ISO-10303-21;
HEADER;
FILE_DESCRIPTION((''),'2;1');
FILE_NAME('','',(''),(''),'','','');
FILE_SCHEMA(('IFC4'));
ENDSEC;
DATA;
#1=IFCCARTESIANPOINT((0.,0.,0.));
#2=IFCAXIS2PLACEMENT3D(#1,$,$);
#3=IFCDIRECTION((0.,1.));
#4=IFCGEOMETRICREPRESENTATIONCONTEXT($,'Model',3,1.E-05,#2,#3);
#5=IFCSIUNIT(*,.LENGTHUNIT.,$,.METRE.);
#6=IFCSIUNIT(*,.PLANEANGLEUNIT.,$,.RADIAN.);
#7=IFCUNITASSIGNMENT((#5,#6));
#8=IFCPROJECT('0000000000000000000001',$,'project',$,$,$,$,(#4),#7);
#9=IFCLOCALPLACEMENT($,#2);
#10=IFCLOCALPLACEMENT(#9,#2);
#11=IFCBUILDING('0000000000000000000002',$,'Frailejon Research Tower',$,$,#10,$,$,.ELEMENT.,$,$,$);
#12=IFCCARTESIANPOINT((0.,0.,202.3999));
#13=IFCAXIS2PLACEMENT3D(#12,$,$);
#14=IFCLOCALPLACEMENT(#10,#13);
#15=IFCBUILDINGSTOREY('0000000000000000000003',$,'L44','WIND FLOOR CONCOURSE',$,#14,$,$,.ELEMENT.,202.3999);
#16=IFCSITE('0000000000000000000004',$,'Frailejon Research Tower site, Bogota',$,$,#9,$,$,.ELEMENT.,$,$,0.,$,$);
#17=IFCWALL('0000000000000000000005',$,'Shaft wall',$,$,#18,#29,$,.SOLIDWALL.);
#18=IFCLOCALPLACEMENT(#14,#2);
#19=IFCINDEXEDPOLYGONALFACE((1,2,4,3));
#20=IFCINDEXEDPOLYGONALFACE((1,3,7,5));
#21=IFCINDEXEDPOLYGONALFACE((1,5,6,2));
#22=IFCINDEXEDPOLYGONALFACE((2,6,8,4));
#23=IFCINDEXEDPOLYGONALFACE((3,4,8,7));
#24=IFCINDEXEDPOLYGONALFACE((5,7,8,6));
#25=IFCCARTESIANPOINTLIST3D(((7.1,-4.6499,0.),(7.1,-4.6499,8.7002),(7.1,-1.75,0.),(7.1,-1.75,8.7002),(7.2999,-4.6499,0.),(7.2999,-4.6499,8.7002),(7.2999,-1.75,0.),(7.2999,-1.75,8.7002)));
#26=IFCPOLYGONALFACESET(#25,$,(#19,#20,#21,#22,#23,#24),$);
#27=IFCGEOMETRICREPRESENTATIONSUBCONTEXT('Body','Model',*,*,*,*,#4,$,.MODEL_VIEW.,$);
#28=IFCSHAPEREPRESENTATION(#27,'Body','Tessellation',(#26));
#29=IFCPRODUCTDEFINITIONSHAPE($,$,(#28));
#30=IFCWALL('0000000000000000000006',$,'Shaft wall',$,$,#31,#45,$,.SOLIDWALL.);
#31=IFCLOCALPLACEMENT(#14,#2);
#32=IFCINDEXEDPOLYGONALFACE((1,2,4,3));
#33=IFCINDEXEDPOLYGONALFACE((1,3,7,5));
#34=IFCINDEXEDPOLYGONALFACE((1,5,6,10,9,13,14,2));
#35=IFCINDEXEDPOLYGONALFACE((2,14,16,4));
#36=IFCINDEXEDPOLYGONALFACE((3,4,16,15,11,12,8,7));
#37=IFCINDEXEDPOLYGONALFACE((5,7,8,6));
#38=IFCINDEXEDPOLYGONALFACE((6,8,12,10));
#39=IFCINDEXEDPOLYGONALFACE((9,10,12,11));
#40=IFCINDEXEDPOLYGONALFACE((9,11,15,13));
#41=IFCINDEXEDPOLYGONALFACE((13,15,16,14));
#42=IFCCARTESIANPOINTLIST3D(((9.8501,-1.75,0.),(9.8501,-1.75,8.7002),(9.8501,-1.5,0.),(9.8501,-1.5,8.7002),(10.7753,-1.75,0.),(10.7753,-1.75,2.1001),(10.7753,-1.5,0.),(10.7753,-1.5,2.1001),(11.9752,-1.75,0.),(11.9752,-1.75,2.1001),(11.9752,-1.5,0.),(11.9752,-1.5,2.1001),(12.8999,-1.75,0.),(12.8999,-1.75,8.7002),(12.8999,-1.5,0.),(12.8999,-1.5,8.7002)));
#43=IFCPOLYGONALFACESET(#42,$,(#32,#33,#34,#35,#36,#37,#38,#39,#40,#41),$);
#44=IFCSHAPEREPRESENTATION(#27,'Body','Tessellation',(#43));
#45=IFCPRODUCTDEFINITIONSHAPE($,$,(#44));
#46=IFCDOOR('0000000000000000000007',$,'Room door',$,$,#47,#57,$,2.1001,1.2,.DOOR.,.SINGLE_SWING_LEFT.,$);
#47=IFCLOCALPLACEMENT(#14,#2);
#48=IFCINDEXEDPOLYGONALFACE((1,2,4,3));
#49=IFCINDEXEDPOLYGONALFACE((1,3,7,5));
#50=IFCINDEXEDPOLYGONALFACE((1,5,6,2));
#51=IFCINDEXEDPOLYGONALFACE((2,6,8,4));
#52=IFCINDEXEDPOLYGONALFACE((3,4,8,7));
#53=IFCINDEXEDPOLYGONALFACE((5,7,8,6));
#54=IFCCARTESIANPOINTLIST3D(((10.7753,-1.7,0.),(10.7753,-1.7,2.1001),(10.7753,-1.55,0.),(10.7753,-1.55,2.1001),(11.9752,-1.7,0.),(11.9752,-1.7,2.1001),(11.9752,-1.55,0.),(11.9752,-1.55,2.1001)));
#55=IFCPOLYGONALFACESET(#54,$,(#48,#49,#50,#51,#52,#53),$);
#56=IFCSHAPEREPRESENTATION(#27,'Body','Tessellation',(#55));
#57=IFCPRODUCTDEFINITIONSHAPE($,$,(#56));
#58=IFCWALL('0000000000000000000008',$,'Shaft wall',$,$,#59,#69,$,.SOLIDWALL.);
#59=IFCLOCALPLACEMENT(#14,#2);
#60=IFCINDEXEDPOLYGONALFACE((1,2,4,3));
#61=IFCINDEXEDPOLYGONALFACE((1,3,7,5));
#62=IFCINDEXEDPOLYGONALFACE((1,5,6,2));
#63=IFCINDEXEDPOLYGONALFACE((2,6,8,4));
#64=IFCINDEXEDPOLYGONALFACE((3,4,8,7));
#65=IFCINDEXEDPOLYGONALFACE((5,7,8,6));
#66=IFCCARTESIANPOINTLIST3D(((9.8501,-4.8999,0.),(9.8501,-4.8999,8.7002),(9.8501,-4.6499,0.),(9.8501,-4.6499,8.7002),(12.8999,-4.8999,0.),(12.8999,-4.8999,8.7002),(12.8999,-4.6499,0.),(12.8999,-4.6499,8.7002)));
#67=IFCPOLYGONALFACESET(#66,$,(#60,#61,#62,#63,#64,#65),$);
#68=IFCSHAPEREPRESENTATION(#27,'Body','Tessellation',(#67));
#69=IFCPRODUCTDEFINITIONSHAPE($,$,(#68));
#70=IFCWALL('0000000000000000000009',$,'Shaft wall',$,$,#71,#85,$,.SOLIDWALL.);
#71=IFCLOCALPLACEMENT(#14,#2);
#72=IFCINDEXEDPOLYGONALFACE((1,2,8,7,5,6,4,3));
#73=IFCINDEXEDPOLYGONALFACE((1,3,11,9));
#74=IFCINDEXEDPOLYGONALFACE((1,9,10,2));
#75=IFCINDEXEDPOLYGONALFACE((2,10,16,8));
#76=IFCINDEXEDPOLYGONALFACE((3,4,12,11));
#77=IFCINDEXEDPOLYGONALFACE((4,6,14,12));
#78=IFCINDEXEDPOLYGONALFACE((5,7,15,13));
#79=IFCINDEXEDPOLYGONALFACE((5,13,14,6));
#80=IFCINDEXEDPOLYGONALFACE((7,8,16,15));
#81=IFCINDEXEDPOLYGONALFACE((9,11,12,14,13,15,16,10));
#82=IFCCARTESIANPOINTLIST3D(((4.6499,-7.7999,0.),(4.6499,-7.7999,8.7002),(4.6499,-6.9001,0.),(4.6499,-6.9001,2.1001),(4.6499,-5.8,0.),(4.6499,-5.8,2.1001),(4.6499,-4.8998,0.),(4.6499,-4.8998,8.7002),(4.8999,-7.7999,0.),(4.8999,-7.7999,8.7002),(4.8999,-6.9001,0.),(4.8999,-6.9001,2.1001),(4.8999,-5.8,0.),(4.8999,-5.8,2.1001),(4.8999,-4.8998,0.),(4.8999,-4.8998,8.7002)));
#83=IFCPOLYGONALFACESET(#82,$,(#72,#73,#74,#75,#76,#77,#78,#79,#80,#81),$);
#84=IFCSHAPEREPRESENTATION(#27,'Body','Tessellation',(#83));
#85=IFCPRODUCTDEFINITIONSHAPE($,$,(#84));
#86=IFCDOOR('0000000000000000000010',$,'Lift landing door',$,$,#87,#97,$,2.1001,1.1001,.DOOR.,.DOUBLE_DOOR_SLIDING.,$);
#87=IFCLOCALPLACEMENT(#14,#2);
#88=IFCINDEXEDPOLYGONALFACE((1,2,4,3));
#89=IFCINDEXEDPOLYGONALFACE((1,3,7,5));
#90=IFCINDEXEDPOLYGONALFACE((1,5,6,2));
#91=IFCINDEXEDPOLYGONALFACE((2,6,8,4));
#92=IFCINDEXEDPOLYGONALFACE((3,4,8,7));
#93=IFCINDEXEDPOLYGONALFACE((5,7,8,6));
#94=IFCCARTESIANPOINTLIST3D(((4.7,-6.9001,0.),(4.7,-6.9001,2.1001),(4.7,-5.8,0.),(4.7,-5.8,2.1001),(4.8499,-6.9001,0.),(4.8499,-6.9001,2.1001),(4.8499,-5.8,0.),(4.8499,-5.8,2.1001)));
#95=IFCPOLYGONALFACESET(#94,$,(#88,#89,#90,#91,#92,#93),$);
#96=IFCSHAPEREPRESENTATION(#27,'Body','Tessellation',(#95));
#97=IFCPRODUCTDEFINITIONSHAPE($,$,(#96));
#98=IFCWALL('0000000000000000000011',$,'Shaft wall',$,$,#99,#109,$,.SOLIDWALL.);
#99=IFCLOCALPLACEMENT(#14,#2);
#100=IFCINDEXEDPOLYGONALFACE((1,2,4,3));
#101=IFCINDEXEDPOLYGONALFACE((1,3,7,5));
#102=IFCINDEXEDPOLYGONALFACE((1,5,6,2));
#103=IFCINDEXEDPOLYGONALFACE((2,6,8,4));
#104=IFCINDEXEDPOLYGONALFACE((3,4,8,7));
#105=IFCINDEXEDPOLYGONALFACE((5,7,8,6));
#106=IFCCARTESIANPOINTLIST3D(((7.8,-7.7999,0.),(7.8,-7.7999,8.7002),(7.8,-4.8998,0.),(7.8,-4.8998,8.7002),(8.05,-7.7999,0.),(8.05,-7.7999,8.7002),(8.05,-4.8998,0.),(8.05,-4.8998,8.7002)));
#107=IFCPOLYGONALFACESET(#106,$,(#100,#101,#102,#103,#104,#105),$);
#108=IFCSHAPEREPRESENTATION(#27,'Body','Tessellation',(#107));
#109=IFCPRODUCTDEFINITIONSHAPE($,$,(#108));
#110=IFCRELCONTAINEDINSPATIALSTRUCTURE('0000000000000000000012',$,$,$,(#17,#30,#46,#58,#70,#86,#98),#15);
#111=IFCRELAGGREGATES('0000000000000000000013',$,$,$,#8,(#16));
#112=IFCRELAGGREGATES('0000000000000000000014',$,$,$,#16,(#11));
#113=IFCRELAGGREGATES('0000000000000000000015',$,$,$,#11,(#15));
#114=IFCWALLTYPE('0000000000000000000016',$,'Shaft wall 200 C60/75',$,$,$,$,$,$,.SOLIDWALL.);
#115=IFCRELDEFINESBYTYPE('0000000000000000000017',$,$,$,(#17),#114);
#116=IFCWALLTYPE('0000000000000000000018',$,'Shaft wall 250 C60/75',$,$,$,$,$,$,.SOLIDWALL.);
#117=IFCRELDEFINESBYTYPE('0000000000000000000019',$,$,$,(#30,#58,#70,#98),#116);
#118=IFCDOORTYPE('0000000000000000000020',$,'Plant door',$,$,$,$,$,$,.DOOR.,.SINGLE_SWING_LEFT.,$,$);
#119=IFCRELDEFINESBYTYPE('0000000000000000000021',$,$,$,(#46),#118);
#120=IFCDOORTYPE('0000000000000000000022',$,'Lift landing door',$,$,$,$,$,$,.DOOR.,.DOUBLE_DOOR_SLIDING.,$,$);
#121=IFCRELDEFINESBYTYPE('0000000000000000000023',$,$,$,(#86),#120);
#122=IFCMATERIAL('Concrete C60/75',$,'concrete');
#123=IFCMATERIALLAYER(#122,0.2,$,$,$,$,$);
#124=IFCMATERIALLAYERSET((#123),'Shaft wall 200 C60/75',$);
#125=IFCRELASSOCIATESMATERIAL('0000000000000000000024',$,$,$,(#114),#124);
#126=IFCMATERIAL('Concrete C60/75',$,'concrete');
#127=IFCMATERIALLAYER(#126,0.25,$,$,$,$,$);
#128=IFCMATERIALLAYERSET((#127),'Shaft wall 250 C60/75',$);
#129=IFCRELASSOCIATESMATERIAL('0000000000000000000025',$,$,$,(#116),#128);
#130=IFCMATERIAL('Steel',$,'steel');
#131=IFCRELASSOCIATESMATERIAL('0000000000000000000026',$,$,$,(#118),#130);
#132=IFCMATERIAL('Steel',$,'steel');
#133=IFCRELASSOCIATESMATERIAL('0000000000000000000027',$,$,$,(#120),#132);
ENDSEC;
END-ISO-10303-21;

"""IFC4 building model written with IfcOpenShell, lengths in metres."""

from ifc_helpers import new_model, si_unit, direction, frame, frame_2d, origin, place, context, subcontext, project, spatial, rectangle, extrude, material, layer, layer_set, type_object, element, fill, save


model = new_model("IFC4")

# Units and contexts
model_context = context("Model", 3, precision=1e-05, world=origin(), true_north=direction((0.0, 1.0)))
body_context = subcontext(model_context, "Body", "Model", "MODEL_VIEW")
ifc_project = project(units=[si_unit("LENGTHUNIT", "METRE"), si_unit("PLANEANGLEUNIT", "RADIAN")], contexts=[model_context])

# Site, building, storey
site_placement = place(None, origin())
site = spatial("IfcSite", under=ifc_project, at=site_placement, Name="Frailejon Research Tower site, Bogota", CompositionType="ELEMENT", RefElevation=0.0)
building_placement = place(site_placement, origin())
building = spatial("IfcBuilding", under=site, at=building_placement, Name="Frailejon Research Tower", CompositionType="ELEMENT")
storey_placement = place(building_placement, frame((0.0, 0.0, 202.3999)))
storey = spatial("IfcBuildingStorey", under=building, at=storey_placement, Name="L44", Description="WIND FLOOR CONCOURSE", CompositionType="ELEMENT", Elevation=202.3999)

# Wall
ifc_material_1 = material(Name="Concrete C60/75", Category="concrete")
ifc_layer_1 = layer(ifc_material_1, 0.2)
ifc_layer_set_1 = layer_set([ifc_layer_1], Name="Shaft wall 200 C60/75")
wall_type_1 = type_object("IfcWallType", Name="Shaft wall 200 C60/75", PredefinedType="SOLIDWALL", material=ifc_layer_set_1)
for number, where, z_axis, x_axis, name in (
    (1, (7.2, -4.6499, 0.0), (0.0, 0.0, 1.0), (0.0, 1.0, 0.0), "Shaft wall"),
):
    element("IfcWall", number, at=place(storey_placement, frame(where, z_axis=z_axis, x_axis=x_axis)), inside=storey, type_object=wall_type_1, Name=name, PredefinedType="SOLIDWALL", context=body_context, shape_type="SweptSolid", body=[
        extrude(rectangle(XDim=2.8999, YDim=0.2, at=frame_2d((1.45, 0.0))), origin(), (0.0, 0.0, 1.0), 8.7002),
    ])

# Wall, opening, door
ifc_material_2 = material(Name="Concrete C60/75", Category="concrete")
ifc_layer_2 = layer(ifc_material_2, 0.25)
ifc_layer_set_2 = layer_set([ifc_layer_2], Name="Shaft wall 250 C60/75")
wall_type_2 = type_object("IfcWallType", Name="Shaft wall 250 C60/75", PredefinedType="SOLIDWALL", material=ifc_layer_set_2)
wall_1_placement = place(storey_placement, frame((9.8501, -1.625, 0.0), z_axis=(0.0, 0.0, 1.0), x_axis=(1.0, 0.0, 0.0)))
wall_1 = element("IfcWall", 2, at=wall_1_placement, inside=storey, type_object=wall_type_2, Name="Shaft wall", PredefinedType="SOLIDWALL", context=body_context, shape_type="SweptSolid", body=[
    extrude(rectangle(XDim=3.0498, YDim=0.25, at=frame_2d((1.5249, 0.0))), origin(), (0.0, 0.0, 1.0), 8.7002),
])
opening_1_placement = place(wall_1_placement, frame((0.925, 0.0, 0.0)))
opening_1 = element("IfcOpeningElement", 3, at=opening_1_placement, cuts=wall_1, PredefinedType="OPENING", context=body_context, shape_type="SweptSolid", body=[
    extrude(rectangle(XDim=1.2, YDim=2.1001, at=frame_2d((0.6001, 1.05))), frame((0.0, 0.135, 0.0), z_axis=(0.0, -1.0, 0.0), x_axis=(1.0, 0.0, 0.0)), (0.0, 0.0, 1.0), 0.27),
])
ifc_material_3 = material(Name="Steel", Category="steel")
door_type_1 = type_object("IfcDoorType", Name="Plant door", OperationType="SINGLE_SWING_LEFT", PredefinedType="DOOR", material=ifc_material_3)
door_1_placement = place(opening_1_placement, origin())
door_1 = element("IfcDoor", 4, at=door_1_placement, inside=storey, type_object=door_type_1, Name="Room door", OperationType="SINGLE_SWING_LEFT", OverallHeight=2.1001, OverallWidth=1.2, PredefinedType="DOOR", context=body_context, shape_type="SweptSolid", body=[
    extrude(rectangle(XDim=1.2, YDim=2.1001, at=frame_2d((0.6001, 1.05))), frame((0.0, 0.075, 0.0), z_axis=(0.0, -1.0, 0.0), x_axis=(1.0, 0.0, 0.0)), (0.0, 0.0, 1.0), 0.1499),
])
fill(opening_1, door_1)

# Wall
wall_2_placement = place(storey_placement, frame((9.8501, -4.7749, 0.0), z_axis=(0.0, 0.0, 1.0), x_axis=(1.0, 0.0, 0.0)))
element("IfcWall", 5, at=wall_2_placement, inside=storey, type_object=wall_type_2, Name="Shaft wall", PredefinedType="SOLIDWALL", context=body_context, shape_type="SweptSolid", body=[
    extrude(rectangle(XDim=3.0498, YDim=0.25, at=frame_2d((1.5249, 0.0))), origin(), (0.0, 0.0, 1.0), 8.7002),
])

# Wall, opening, door
wall_3_placement = place(storey_placement, frame((4.7749, -7.8, 0.0), z_axis=(0.0, 0.0, 1.0), x_axis=(0.0, 1.0, 0.0)))
wall_3 = element("IfcWall", 6, at=wall_3_placement, inside=storey, type_object=wall_type_2, Name="Shaft wall", PredefinedType="SOLIDWALL", context=body_context, shape_type="SweptSolid", body=[
    extrude(rectangle(XDim=2.9001, YDim=0.25, at=frame_2d((1.4502, 0.0))), origin(), (0.0, 0.0, 1.0), 8.7002),
])
opening_2_placement = place(wall_3_placement, frame((0.8999, 0.0, 0.0)))
opening_2 = element("IfcOpeningElement", 7, at=opening_2_placement, cuts=wall_3, PredefinedType="OPENING", context=body_context, shape_type="SweptSolid", body=[
    extrude(rectangle(XDim=1.1001, YDim=2.1001, at=frame_2d((0.55, 1.05))), frame((0.0, 0.135, 0.0), z_axis=(0.0, -1.0, 0.0), x_axis=(1.0, 0.0, 0.0)), (0.0, 0.0, 1.0), 0.27),
])
ifc_material_4 = material(Name="Steel", Category="steel")
door_type_2 = type_object("IfcDoorType", Name="Lift landing door", OperationType="DOUBLE_DOOR_SLIDING", PredefinedType="DOOR", material=ifc_material_4)
door_2_placement = place(opening_2_placement, origin())
door_2 = element("IfcDoor", 8, at=door_2_placement, inside=storey, type_object=door_type_2, Name="Lift landing door", OperationType="DOUBLE_DOOR_SLIDING", OverallHeight=2.1001, OverallWidth=1.1001, PredefinedType="DOOR", context=body_context, shape_type="SweptSolid", body=[
    extrude(rectangle(XDim=1.1001, YDim=2.1001, at=frame_2d((0.55, 1.05))), frame((0.0, 0.075, 0.0), z_axis=(0.0, -1.0, 0.0), x_axis=(1.0, 0.0, 0.0)), (0.0, 0.0, 1.0), 0.1499),
])
fill(opening_2, door_2)

# Wall
wall_4_placement = place(storey_placement, frame((7.925, -7.8, 0.0), z_axis=(0.0, 0.0, 1.0), x_axis=(0.0, 1.0, 0.0)))
element("IfcWall", 9, at=wall_4_placement, inside=storey, type_object=wall_type_2, Name="Shaft wall", PredefinedType="SOLIDWALL", context=body_context, shape_type="SweptSolid", body=[
    extrude(rectangle(XDim=2.9001, YDim=0.25, at=frame_2d((1.4502, 0.0))), origin(), (0.0, 0.0, 1.0), 8.7002),
])

save(model, "model.ifc")
